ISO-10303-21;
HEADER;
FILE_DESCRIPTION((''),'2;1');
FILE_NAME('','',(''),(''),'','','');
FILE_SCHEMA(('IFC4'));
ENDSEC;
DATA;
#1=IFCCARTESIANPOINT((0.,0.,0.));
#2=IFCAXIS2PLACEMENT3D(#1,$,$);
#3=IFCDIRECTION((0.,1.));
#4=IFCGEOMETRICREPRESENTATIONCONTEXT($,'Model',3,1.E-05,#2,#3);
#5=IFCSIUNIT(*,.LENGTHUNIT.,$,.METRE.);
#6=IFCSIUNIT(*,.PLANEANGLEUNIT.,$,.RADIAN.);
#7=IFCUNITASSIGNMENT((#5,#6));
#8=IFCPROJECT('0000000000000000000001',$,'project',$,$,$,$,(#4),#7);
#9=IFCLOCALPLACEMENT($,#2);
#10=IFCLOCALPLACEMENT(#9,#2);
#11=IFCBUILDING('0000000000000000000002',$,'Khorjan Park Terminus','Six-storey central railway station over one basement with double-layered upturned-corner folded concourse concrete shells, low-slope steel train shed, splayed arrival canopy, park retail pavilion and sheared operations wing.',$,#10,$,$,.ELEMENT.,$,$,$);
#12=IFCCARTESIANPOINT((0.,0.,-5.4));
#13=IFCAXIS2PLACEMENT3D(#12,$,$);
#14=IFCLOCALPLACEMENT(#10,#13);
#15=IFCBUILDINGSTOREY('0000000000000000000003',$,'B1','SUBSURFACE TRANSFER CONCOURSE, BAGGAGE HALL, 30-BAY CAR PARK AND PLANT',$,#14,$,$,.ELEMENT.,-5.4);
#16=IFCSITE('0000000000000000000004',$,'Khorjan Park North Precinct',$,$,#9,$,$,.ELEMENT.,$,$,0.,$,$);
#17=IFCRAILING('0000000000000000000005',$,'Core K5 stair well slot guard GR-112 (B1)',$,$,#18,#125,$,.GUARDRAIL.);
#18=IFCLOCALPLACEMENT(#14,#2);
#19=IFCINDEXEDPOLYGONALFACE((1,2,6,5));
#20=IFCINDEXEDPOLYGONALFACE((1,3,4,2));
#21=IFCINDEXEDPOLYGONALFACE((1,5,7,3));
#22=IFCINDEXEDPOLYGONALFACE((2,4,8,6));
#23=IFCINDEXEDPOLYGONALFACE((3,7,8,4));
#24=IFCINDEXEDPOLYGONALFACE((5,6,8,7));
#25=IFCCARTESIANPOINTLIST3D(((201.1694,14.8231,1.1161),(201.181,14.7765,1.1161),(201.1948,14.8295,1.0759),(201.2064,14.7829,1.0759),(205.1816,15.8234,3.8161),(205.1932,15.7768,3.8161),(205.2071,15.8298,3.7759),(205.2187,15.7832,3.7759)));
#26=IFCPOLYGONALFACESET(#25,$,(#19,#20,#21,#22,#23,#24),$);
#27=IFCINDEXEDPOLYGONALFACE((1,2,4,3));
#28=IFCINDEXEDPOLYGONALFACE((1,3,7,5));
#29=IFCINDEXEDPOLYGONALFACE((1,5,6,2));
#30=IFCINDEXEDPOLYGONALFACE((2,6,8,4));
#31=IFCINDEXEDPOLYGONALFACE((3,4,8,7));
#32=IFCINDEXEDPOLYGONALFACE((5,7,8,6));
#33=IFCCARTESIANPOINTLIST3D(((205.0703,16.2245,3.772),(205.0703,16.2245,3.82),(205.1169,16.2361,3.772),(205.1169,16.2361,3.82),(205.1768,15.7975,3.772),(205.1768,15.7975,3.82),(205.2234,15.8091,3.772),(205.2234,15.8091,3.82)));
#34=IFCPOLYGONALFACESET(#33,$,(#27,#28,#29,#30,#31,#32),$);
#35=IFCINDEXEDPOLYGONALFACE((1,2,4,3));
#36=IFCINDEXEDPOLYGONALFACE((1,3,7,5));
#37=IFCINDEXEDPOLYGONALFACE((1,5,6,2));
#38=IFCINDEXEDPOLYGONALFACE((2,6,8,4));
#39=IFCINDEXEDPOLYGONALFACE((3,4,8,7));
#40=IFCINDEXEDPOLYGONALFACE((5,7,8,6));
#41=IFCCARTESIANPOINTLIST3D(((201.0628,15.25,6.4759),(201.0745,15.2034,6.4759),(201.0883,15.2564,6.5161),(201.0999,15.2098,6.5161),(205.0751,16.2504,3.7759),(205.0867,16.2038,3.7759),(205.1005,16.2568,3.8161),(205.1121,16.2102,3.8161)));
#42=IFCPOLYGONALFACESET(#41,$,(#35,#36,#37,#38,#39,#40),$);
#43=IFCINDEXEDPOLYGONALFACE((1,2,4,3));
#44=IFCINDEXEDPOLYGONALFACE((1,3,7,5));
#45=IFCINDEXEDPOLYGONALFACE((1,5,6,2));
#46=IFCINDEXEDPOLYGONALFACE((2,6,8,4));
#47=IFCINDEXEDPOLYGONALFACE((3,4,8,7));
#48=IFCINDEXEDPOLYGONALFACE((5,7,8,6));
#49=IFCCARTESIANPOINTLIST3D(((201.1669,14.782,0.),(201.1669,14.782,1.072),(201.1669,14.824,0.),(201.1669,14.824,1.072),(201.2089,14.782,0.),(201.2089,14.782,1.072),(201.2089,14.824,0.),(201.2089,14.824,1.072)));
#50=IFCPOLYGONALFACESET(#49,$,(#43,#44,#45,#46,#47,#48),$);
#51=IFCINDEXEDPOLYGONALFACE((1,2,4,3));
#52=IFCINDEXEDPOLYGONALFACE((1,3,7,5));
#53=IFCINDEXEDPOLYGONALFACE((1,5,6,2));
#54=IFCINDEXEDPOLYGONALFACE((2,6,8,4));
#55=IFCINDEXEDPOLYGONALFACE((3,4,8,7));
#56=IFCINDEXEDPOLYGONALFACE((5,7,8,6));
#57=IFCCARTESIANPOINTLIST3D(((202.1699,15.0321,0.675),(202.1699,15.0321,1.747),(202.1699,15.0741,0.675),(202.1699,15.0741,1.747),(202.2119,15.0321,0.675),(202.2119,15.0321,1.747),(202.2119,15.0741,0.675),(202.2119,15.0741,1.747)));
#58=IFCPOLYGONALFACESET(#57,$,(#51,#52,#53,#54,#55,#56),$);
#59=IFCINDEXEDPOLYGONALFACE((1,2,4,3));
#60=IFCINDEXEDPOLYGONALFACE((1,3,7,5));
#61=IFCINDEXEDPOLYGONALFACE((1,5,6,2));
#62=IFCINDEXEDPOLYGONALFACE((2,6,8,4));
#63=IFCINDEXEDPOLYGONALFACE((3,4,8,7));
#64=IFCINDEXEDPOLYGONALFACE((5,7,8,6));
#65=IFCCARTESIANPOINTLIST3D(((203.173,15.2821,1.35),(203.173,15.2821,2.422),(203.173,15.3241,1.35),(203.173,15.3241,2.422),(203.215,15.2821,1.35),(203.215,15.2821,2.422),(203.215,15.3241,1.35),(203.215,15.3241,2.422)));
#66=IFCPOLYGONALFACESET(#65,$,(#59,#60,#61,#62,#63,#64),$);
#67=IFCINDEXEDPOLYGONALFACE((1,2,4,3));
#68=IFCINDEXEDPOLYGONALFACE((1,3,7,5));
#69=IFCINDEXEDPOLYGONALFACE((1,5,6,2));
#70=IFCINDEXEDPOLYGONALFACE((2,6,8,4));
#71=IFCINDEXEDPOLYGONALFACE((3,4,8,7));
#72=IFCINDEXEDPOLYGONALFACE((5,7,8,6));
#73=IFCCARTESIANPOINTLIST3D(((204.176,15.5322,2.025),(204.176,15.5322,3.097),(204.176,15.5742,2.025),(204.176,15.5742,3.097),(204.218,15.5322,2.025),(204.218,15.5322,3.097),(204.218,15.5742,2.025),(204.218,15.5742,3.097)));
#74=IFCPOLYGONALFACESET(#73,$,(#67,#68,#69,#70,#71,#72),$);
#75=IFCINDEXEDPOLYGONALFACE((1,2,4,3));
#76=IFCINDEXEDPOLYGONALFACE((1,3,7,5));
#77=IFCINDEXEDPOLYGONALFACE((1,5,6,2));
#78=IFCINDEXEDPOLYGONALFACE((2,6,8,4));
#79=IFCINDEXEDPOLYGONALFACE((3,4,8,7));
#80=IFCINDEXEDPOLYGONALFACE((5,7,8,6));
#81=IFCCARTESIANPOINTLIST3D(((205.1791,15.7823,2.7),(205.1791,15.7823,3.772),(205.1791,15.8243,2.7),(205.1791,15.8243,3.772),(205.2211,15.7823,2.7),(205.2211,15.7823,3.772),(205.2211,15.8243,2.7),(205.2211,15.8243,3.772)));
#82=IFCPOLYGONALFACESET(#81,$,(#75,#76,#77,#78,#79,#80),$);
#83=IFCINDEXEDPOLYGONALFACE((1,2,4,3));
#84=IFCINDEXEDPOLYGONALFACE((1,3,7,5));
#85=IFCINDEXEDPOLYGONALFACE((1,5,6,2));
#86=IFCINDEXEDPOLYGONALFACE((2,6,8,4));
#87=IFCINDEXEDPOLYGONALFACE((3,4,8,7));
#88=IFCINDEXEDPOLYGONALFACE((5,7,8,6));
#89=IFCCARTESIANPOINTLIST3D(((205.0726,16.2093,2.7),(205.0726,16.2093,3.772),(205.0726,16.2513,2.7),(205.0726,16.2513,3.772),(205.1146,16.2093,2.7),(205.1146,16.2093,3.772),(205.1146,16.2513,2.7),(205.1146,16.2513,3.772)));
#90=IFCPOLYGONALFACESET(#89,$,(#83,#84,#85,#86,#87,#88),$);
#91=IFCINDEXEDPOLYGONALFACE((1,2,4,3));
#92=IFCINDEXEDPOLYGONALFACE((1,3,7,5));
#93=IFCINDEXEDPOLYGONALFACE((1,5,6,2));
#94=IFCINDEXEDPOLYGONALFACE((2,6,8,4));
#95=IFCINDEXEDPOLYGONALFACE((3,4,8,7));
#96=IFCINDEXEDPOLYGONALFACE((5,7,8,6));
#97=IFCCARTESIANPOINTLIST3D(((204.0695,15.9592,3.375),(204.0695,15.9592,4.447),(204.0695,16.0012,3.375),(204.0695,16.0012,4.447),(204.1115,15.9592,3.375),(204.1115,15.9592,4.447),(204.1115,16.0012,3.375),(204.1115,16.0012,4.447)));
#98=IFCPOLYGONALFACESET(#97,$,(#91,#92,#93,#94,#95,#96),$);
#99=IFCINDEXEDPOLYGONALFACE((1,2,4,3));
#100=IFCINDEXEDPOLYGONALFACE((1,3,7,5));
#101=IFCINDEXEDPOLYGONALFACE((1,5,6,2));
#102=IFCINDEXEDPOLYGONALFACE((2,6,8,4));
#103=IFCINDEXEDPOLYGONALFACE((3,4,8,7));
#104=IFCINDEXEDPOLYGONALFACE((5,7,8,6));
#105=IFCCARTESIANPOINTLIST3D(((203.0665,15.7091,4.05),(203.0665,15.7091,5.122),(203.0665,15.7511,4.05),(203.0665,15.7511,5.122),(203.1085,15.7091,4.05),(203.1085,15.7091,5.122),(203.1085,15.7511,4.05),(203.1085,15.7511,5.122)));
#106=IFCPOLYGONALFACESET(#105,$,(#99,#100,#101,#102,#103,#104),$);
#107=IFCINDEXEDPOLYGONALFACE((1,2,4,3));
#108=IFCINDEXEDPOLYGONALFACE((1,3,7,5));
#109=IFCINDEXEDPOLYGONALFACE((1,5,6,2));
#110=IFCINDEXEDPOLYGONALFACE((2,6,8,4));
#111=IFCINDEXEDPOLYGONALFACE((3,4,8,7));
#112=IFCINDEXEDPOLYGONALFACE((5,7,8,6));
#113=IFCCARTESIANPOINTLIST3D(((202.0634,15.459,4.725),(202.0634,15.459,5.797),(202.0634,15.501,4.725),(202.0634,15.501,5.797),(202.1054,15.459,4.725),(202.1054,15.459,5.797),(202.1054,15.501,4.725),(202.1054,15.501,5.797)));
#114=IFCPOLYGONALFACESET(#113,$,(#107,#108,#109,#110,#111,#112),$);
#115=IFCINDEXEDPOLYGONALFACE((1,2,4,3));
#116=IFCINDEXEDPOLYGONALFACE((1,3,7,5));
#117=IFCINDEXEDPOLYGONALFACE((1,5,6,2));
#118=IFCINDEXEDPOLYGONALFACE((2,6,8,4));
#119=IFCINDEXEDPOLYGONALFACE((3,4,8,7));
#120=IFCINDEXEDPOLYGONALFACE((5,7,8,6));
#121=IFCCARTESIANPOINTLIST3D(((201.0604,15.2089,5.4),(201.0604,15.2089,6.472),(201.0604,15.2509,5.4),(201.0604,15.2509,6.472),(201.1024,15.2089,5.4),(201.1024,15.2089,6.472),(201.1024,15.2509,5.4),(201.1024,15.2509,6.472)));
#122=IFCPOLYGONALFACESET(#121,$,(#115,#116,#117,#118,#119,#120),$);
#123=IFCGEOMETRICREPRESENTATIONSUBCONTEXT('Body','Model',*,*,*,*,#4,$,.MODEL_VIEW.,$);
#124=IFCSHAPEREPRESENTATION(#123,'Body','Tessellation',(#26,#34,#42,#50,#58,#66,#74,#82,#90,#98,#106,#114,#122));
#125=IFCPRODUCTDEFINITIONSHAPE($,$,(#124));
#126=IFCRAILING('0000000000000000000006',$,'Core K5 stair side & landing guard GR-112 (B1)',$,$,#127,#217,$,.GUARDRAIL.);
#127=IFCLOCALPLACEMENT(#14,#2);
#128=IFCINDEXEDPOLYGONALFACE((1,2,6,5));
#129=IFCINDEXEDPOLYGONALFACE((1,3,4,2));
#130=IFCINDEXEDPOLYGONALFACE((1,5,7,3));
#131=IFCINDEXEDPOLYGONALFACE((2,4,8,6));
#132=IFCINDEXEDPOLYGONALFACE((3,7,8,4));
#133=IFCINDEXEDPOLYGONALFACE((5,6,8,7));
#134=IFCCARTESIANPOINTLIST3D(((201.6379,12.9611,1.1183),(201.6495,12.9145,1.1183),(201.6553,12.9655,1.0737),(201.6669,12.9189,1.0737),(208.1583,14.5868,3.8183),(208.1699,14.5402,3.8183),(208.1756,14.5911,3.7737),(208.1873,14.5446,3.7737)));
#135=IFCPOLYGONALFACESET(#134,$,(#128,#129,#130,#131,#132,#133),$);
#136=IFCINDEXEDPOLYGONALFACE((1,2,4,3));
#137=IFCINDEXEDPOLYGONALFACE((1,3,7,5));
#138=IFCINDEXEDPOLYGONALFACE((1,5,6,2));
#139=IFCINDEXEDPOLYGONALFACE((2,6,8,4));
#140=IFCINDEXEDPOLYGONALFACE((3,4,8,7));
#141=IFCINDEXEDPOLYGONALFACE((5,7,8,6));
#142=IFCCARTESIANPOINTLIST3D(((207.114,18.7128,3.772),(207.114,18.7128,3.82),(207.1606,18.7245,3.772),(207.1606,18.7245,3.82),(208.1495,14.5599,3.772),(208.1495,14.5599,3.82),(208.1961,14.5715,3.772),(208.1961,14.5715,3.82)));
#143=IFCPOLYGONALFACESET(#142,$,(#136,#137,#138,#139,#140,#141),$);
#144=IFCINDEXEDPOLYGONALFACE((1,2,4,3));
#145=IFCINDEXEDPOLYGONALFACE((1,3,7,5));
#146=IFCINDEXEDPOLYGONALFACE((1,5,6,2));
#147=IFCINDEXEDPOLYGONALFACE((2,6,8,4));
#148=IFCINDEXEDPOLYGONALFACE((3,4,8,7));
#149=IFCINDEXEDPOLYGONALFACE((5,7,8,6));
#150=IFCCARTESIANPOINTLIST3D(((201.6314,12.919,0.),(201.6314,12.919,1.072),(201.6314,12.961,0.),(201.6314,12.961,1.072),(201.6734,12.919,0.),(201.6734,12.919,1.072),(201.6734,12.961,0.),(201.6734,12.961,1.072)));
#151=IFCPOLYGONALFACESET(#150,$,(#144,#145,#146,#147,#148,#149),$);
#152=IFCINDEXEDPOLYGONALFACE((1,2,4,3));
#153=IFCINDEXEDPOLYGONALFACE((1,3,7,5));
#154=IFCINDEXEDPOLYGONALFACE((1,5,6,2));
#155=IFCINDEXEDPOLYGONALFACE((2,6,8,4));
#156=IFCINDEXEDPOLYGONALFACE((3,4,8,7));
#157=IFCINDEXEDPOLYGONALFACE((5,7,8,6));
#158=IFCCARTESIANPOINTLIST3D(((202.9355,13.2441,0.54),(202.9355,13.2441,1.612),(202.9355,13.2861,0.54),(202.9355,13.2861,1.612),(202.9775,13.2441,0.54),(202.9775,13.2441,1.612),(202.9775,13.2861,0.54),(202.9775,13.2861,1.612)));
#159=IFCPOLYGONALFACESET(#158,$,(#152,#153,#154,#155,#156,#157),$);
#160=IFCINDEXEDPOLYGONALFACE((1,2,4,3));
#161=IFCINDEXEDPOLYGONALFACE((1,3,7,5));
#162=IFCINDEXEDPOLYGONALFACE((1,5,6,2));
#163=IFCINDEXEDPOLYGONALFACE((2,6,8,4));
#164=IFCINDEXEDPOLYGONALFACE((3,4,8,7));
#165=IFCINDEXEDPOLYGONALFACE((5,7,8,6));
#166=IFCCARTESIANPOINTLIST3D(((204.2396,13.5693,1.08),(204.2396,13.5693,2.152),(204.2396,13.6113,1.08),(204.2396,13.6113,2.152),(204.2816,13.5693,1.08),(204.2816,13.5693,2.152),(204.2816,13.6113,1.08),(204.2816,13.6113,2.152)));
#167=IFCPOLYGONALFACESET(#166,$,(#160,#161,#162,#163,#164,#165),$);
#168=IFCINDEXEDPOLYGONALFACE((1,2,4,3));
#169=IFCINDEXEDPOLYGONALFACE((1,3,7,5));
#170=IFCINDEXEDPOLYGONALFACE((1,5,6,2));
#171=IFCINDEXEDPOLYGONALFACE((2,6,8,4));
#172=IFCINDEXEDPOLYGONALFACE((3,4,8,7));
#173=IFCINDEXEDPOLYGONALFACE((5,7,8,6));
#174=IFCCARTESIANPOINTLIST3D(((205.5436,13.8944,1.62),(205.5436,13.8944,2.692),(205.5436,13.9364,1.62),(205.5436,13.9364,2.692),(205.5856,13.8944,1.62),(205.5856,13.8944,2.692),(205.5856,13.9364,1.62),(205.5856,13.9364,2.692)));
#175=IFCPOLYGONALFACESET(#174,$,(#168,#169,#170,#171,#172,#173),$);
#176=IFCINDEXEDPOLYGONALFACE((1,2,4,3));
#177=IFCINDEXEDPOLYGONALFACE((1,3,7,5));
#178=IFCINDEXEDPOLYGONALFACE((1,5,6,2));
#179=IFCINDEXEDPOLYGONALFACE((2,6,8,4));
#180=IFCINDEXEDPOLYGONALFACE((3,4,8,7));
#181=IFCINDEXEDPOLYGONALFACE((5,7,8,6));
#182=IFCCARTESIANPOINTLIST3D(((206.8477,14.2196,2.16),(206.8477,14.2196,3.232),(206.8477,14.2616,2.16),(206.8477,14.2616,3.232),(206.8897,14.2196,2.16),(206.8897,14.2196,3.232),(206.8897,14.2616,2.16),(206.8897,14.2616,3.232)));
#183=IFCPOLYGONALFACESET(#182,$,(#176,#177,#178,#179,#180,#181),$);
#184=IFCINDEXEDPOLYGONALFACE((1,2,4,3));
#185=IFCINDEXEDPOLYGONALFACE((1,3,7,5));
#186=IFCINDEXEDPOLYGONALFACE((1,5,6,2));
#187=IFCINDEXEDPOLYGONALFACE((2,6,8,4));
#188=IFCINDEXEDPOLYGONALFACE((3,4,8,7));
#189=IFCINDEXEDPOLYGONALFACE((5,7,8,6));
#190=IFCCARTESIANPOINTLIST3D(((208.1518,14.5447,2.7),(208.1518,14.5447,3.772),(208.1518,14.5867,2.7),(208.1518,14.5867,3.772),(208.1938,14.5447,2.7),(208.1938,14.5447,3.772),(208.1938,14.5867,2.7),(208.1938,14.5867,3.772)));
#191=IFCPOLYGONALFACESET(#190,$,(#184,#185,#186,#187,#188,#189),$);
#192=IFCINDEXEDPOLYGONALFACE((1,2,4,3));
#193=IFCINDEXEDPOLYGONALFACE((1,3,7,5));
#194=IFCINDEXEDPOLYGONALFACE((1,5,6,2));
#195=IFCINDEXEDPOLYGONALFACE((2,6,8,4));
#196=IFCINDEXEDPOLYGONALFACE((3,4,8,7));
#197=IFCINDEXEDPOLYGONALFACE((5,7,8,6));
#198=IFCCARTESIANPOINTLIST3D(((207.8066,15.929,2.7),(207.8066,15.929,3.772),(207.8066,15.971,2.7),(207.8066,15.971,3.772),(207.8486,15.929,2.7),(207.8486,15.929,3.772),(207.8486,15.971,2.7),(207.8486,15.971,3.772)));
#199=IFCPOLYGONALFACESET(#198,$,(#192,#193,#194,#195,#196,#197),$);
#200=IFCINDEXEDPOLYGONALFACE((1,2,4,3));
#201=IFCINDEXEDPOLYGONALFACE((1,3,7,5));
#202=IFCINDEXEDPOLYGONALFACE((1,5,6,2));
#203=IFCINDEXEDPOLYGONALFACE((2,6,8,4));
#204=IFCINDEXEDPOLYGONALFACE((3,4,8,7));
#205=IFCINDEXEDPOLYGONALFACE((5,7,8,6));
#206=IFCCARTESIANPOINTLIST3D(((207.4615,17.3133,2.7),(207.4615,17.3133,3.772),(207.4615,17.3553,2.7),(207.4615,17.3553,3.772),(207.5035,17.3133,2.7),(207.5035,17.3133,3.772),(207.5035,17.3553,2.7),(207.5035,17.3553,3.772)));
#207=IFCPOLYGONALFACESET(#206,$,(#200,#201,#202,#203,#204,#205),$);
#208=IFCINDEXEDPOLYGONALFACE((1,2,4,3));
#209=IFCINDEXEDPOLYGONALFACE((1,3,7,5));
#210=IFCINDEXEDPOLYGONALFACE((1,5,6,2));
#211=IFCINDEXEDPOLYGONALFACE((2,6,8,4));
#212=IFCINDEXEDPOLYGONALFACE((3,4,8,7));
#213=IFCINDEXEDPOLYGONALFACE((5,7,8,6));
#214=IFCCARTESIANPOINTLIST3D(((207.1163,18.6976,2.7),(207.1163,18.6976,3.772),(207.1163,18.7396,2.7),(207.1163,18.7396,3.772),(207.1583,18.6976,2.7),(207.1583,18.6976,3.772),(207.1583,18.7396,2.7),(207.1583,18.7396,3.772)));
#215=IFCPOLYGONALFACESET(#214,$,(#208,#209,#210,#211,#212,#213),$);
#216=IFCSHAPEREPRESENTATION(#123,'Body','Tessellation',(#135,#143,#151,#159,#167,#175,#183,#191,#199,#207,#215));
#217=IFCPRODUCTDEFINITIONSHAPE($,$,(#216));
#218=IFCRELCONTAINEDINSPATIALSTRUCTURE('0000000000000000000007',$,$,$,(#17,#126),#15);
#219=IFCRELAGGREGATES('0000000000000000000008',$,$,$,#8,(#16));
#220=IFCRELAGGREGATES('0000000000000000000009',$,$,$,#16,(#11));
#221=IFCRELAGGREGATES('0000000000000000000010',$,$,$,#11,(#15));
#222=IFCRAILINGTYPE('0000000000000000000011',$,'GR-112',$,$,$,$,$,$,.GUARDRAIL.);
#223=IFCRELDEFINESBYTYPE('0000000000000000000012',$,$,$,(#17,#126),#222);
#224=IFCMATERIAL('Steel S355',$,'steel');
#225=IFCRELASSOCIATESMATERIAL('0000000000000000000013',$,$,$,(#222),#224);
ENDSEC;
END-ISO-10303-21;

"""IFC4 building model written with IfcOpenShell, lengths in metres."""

from ifc_helpers import new_model, si_unit, direction, frame, origin, origin_2d, place, context, subcontext, project, spatial, rectangle, extrude, material, type_object, element, save


model = new_model("IFC4")

# Units and contexts
model_context = context("Model", 3, precision=1e-05, world=origin(), true_north=direction((0.0, 1.0)))
body_context = subcontext(model_context, "Body", "Model", "MODEL_VIEW")
ifc_project = project(units=[si_unit("LENGTHUNIT", "METRE"), si_unit("PLANEANGLEUNIT", "RADIAN")], contexts=[model_context])

# Site, building, storey
site_placement = place(None, origin())
site = spatial("IfcSite", under=ifc_project, at=site_placement, Name="Khorjan Park North Precinct", CompositionType="ELEMENT", RefElevation=0.0)
building_placement = place(site_placement, origin())
building = spatial("IfcBuilding", under=site, at=building_placement, Name="Khorjan Park Terminus", Description="Six-storey central railway station over one basement with double-layered upturned-corner folded concourse concrete shells, low-slope steel train shed, splayed arrival canopy, park retail pavilion and sheared operations wing.", CompositionType="ELEMENT")
storey_placement = place(building_placement, frame((0.0, 0.0, -5.4)))
storey = spatial("IfcBuildingStorey", under=building, at=storey_placement, Name="B1", Description="SUBSURFACE TRANSFER CONCOURSE, BAGGAGE HALL, 30-BAY CAR PARK AND PLANT", CompositionType="ELEMENT", Elevation=-5.4)

# Railings
ifc_material_1 = material(Name="Steel S355", Category="steel")
railing_type_1 = type_object("IfcRailingType", Name="GR-112", PredefinedType="GUARDRAIL", material=ifc_material_1)
railing_1_placement = place(storey_placement, frame((201.1879, 14.803, 0.0)))
element("IfcRailing", 1, at=railing_1_placement, inside=storey, type_object=railing_type_1, Name="Core K5 stair well slot guard GR-112 (B1)", PredefinedType="GUARDRAIL", context=body_context, shape_type="SweptSolid", body=[
    extrude(rectangle(XDim=0.048, YDim=0.048, at=origin_2d()), frame((0.0, 0.0, 1.096), z_axis=(0.81244, 0.202553, 0.54673), x_axis=(-0.24191, 0.970299, 0.0)), (0.0, 0.0, 1.0), 4.9385),
    extrude(rectangle(XDim=0.048, YDim=0.048, at=origin_2d()), frame((4.0122, 1.0003, 3.796), z_axis=(-0.242001, 0.970276, 0.0), x_axis=(-0.970276, -0.242001, 0.0)), (0.0, 0.0, 1.0), 0.4401),
    extrude(rectangle(XDim=0.048, YDim=0.048, at=origin_2d()), frame((3.9057, 1.4273, 3.796), z_axis=(-0.812437, -0.202573, 0.546727), x_axis=(0.241932, -0.970293, 0.0)), (0.0, 0.0, 1.0), 4.9385),
    extrude(rectangle(XDim=0.042, YDim=0.042, at=origin_2d()), origin(), (0.0, 0.0, 1.0), 1.072),
    extrude(rectangle(XDim=0.042, YDim=0.042, at=origin_2d()), frame((1.003, 0.2501, 0.675)), (0.0, 0.0, 1.0), 1.072),
    extrude(rectangle(XDim=0.042, YDim=0.042, at=origin_2d()), frame((2.0061, 0.5001, 1.35)), (0.0, 0.0, 1.0), 1.072),
    extrude(rectangle(XDim=0.042, YDim=0.042, at=origin_2d()), frame((3.0091, 0.7502, 2.025)), (0.0, 0.0, 1.0), 1.072),
    extrude(rectangle(XDim=0.042, YDim=0.042, at=origin_2d()), frame((4.0122, 1.0003, 2.7)), (0.0, 0.0, 1.0), 1.072),
    extrude(rectangle(XDim=0.042, YDim=0.042, at=origin_2d()), frame((3.9057, 1.4273, 2.7)), (0.0, 0.0, 1.0), 1.072),
    extrude(rectangle(XDim=0.042, YDim=0.042, at=origin_2d()), frame((2.9026, 1.1772, 3.375)), (0.0, 0.0, 1.0), 1.072),
    extrude(rectangle(XDim=0.042, YDim=0.042, at=origin_2d()), frame((1.8996, 0.9271, 4.05)), (0.0, 0.0, 1.0), 1.072),
    extrude(rectangle(XDim=0.042, YDim=0.042, at=origin_2d()), frame((0.8965, 0.677, 4.725)), (0.0, 0.0, 1.0), 1.072),
    extrude(rectangle(XDim=0.042, YDim=0.042, at=origin_2d()), frame((-0.1065, 0.4269, 5.4)), (0.0, 0.0, 1.0), 1.072),
])
railing_2_placement = place(storey_placement, frame((201.6524, 12.94, 0.0)))
element("IfcRailing", 2, at=railing_2_placement, inside=storey, type_object=railing_type_1, Name="Core K5 stair side & landing guard GR-112 (B1)", PredefinedType="GUARDRAIL", context=body_context, shape_type="SweptSolid", body=[
    extrude(rectangle(XDim=0.048, YDim=0.048, at=origin_2d()), frame((0.0, 0.0, 1.096), z_axis=(0.900342, 0.224478, 0.372818), x_axis=(-0.241919, 0.970296, 0.0)), (0.0, 0.0, 1.0), 7.2421),
    extrude(rectangle(XDim=0.048, YDim=0.048, at=origin_2d()), frame((6.5204, 1.6257, 3.796), z_axis=(-0.241936, 0.970292, 0.0), x_axis=(-0.970292, -0.241936, 0.0)), (0.0, 0.0, 1.0), 4.2801),
    extrude(rectangle(XDim=0.042, YDim=0.042, at=origin_2d()), origin(), (0.0, 0.0, 1.0), 1.072),
    extrude(rectangle(XDim=0.042, YDim=0.042, at=origin_2d()), frame((1.3041, 0.3251, 0.54)), (0.0, 0.0, 1.0), 1.072),
    extrude(rectangle(XDim=0.042, YDim=0.042, at=origin_2d()), frame((2.6082, 0.6503, 1.08)), (0.0, 0.0, 1.0), 1.072),
    extrude(rectangle(XDim=0.042, YDim=0.042, at=origin_2d()), frame((3.9122, 0.9754, 1.62)), (0.0, 0.0, 1.0), 1.072),
    extrude(rectangle(XDim=0.042, YDim=0.042, at=origin_2d()), frame((5.2163, 1.3006, 2.16)), (0.0, 0.0, 1.0), 1.072),
    extrude(rectangle(XDim=0.042, YDim=0.042, at=origin_2d()), frame((6.5204, 1.6257, 2.7)), (0.0, 0.0, 1.0), 1.072),
    extrude(rectangle(XDim=0.042, YDim=0.042, at=origin_2d()), frame((6.1752, 3.01, 2.7)), (0.0, 0.0, 1.0), 1.072),
    extrude(rectangle(XDim=0.042, YDim=0.042, at=origin_2d()), frame((5.8301, 4.3943, 2.7)), (0.0, 0.0, 1.0), 1.072),
    extrude(rectangle(XDim=0.042, YDim=0.042, at=origin_2d()), frame((5.4849, 5.7786, 2.7)), (0.0, 0.0, 1.0), 1.072),
])

save(model, "model.ifc")
